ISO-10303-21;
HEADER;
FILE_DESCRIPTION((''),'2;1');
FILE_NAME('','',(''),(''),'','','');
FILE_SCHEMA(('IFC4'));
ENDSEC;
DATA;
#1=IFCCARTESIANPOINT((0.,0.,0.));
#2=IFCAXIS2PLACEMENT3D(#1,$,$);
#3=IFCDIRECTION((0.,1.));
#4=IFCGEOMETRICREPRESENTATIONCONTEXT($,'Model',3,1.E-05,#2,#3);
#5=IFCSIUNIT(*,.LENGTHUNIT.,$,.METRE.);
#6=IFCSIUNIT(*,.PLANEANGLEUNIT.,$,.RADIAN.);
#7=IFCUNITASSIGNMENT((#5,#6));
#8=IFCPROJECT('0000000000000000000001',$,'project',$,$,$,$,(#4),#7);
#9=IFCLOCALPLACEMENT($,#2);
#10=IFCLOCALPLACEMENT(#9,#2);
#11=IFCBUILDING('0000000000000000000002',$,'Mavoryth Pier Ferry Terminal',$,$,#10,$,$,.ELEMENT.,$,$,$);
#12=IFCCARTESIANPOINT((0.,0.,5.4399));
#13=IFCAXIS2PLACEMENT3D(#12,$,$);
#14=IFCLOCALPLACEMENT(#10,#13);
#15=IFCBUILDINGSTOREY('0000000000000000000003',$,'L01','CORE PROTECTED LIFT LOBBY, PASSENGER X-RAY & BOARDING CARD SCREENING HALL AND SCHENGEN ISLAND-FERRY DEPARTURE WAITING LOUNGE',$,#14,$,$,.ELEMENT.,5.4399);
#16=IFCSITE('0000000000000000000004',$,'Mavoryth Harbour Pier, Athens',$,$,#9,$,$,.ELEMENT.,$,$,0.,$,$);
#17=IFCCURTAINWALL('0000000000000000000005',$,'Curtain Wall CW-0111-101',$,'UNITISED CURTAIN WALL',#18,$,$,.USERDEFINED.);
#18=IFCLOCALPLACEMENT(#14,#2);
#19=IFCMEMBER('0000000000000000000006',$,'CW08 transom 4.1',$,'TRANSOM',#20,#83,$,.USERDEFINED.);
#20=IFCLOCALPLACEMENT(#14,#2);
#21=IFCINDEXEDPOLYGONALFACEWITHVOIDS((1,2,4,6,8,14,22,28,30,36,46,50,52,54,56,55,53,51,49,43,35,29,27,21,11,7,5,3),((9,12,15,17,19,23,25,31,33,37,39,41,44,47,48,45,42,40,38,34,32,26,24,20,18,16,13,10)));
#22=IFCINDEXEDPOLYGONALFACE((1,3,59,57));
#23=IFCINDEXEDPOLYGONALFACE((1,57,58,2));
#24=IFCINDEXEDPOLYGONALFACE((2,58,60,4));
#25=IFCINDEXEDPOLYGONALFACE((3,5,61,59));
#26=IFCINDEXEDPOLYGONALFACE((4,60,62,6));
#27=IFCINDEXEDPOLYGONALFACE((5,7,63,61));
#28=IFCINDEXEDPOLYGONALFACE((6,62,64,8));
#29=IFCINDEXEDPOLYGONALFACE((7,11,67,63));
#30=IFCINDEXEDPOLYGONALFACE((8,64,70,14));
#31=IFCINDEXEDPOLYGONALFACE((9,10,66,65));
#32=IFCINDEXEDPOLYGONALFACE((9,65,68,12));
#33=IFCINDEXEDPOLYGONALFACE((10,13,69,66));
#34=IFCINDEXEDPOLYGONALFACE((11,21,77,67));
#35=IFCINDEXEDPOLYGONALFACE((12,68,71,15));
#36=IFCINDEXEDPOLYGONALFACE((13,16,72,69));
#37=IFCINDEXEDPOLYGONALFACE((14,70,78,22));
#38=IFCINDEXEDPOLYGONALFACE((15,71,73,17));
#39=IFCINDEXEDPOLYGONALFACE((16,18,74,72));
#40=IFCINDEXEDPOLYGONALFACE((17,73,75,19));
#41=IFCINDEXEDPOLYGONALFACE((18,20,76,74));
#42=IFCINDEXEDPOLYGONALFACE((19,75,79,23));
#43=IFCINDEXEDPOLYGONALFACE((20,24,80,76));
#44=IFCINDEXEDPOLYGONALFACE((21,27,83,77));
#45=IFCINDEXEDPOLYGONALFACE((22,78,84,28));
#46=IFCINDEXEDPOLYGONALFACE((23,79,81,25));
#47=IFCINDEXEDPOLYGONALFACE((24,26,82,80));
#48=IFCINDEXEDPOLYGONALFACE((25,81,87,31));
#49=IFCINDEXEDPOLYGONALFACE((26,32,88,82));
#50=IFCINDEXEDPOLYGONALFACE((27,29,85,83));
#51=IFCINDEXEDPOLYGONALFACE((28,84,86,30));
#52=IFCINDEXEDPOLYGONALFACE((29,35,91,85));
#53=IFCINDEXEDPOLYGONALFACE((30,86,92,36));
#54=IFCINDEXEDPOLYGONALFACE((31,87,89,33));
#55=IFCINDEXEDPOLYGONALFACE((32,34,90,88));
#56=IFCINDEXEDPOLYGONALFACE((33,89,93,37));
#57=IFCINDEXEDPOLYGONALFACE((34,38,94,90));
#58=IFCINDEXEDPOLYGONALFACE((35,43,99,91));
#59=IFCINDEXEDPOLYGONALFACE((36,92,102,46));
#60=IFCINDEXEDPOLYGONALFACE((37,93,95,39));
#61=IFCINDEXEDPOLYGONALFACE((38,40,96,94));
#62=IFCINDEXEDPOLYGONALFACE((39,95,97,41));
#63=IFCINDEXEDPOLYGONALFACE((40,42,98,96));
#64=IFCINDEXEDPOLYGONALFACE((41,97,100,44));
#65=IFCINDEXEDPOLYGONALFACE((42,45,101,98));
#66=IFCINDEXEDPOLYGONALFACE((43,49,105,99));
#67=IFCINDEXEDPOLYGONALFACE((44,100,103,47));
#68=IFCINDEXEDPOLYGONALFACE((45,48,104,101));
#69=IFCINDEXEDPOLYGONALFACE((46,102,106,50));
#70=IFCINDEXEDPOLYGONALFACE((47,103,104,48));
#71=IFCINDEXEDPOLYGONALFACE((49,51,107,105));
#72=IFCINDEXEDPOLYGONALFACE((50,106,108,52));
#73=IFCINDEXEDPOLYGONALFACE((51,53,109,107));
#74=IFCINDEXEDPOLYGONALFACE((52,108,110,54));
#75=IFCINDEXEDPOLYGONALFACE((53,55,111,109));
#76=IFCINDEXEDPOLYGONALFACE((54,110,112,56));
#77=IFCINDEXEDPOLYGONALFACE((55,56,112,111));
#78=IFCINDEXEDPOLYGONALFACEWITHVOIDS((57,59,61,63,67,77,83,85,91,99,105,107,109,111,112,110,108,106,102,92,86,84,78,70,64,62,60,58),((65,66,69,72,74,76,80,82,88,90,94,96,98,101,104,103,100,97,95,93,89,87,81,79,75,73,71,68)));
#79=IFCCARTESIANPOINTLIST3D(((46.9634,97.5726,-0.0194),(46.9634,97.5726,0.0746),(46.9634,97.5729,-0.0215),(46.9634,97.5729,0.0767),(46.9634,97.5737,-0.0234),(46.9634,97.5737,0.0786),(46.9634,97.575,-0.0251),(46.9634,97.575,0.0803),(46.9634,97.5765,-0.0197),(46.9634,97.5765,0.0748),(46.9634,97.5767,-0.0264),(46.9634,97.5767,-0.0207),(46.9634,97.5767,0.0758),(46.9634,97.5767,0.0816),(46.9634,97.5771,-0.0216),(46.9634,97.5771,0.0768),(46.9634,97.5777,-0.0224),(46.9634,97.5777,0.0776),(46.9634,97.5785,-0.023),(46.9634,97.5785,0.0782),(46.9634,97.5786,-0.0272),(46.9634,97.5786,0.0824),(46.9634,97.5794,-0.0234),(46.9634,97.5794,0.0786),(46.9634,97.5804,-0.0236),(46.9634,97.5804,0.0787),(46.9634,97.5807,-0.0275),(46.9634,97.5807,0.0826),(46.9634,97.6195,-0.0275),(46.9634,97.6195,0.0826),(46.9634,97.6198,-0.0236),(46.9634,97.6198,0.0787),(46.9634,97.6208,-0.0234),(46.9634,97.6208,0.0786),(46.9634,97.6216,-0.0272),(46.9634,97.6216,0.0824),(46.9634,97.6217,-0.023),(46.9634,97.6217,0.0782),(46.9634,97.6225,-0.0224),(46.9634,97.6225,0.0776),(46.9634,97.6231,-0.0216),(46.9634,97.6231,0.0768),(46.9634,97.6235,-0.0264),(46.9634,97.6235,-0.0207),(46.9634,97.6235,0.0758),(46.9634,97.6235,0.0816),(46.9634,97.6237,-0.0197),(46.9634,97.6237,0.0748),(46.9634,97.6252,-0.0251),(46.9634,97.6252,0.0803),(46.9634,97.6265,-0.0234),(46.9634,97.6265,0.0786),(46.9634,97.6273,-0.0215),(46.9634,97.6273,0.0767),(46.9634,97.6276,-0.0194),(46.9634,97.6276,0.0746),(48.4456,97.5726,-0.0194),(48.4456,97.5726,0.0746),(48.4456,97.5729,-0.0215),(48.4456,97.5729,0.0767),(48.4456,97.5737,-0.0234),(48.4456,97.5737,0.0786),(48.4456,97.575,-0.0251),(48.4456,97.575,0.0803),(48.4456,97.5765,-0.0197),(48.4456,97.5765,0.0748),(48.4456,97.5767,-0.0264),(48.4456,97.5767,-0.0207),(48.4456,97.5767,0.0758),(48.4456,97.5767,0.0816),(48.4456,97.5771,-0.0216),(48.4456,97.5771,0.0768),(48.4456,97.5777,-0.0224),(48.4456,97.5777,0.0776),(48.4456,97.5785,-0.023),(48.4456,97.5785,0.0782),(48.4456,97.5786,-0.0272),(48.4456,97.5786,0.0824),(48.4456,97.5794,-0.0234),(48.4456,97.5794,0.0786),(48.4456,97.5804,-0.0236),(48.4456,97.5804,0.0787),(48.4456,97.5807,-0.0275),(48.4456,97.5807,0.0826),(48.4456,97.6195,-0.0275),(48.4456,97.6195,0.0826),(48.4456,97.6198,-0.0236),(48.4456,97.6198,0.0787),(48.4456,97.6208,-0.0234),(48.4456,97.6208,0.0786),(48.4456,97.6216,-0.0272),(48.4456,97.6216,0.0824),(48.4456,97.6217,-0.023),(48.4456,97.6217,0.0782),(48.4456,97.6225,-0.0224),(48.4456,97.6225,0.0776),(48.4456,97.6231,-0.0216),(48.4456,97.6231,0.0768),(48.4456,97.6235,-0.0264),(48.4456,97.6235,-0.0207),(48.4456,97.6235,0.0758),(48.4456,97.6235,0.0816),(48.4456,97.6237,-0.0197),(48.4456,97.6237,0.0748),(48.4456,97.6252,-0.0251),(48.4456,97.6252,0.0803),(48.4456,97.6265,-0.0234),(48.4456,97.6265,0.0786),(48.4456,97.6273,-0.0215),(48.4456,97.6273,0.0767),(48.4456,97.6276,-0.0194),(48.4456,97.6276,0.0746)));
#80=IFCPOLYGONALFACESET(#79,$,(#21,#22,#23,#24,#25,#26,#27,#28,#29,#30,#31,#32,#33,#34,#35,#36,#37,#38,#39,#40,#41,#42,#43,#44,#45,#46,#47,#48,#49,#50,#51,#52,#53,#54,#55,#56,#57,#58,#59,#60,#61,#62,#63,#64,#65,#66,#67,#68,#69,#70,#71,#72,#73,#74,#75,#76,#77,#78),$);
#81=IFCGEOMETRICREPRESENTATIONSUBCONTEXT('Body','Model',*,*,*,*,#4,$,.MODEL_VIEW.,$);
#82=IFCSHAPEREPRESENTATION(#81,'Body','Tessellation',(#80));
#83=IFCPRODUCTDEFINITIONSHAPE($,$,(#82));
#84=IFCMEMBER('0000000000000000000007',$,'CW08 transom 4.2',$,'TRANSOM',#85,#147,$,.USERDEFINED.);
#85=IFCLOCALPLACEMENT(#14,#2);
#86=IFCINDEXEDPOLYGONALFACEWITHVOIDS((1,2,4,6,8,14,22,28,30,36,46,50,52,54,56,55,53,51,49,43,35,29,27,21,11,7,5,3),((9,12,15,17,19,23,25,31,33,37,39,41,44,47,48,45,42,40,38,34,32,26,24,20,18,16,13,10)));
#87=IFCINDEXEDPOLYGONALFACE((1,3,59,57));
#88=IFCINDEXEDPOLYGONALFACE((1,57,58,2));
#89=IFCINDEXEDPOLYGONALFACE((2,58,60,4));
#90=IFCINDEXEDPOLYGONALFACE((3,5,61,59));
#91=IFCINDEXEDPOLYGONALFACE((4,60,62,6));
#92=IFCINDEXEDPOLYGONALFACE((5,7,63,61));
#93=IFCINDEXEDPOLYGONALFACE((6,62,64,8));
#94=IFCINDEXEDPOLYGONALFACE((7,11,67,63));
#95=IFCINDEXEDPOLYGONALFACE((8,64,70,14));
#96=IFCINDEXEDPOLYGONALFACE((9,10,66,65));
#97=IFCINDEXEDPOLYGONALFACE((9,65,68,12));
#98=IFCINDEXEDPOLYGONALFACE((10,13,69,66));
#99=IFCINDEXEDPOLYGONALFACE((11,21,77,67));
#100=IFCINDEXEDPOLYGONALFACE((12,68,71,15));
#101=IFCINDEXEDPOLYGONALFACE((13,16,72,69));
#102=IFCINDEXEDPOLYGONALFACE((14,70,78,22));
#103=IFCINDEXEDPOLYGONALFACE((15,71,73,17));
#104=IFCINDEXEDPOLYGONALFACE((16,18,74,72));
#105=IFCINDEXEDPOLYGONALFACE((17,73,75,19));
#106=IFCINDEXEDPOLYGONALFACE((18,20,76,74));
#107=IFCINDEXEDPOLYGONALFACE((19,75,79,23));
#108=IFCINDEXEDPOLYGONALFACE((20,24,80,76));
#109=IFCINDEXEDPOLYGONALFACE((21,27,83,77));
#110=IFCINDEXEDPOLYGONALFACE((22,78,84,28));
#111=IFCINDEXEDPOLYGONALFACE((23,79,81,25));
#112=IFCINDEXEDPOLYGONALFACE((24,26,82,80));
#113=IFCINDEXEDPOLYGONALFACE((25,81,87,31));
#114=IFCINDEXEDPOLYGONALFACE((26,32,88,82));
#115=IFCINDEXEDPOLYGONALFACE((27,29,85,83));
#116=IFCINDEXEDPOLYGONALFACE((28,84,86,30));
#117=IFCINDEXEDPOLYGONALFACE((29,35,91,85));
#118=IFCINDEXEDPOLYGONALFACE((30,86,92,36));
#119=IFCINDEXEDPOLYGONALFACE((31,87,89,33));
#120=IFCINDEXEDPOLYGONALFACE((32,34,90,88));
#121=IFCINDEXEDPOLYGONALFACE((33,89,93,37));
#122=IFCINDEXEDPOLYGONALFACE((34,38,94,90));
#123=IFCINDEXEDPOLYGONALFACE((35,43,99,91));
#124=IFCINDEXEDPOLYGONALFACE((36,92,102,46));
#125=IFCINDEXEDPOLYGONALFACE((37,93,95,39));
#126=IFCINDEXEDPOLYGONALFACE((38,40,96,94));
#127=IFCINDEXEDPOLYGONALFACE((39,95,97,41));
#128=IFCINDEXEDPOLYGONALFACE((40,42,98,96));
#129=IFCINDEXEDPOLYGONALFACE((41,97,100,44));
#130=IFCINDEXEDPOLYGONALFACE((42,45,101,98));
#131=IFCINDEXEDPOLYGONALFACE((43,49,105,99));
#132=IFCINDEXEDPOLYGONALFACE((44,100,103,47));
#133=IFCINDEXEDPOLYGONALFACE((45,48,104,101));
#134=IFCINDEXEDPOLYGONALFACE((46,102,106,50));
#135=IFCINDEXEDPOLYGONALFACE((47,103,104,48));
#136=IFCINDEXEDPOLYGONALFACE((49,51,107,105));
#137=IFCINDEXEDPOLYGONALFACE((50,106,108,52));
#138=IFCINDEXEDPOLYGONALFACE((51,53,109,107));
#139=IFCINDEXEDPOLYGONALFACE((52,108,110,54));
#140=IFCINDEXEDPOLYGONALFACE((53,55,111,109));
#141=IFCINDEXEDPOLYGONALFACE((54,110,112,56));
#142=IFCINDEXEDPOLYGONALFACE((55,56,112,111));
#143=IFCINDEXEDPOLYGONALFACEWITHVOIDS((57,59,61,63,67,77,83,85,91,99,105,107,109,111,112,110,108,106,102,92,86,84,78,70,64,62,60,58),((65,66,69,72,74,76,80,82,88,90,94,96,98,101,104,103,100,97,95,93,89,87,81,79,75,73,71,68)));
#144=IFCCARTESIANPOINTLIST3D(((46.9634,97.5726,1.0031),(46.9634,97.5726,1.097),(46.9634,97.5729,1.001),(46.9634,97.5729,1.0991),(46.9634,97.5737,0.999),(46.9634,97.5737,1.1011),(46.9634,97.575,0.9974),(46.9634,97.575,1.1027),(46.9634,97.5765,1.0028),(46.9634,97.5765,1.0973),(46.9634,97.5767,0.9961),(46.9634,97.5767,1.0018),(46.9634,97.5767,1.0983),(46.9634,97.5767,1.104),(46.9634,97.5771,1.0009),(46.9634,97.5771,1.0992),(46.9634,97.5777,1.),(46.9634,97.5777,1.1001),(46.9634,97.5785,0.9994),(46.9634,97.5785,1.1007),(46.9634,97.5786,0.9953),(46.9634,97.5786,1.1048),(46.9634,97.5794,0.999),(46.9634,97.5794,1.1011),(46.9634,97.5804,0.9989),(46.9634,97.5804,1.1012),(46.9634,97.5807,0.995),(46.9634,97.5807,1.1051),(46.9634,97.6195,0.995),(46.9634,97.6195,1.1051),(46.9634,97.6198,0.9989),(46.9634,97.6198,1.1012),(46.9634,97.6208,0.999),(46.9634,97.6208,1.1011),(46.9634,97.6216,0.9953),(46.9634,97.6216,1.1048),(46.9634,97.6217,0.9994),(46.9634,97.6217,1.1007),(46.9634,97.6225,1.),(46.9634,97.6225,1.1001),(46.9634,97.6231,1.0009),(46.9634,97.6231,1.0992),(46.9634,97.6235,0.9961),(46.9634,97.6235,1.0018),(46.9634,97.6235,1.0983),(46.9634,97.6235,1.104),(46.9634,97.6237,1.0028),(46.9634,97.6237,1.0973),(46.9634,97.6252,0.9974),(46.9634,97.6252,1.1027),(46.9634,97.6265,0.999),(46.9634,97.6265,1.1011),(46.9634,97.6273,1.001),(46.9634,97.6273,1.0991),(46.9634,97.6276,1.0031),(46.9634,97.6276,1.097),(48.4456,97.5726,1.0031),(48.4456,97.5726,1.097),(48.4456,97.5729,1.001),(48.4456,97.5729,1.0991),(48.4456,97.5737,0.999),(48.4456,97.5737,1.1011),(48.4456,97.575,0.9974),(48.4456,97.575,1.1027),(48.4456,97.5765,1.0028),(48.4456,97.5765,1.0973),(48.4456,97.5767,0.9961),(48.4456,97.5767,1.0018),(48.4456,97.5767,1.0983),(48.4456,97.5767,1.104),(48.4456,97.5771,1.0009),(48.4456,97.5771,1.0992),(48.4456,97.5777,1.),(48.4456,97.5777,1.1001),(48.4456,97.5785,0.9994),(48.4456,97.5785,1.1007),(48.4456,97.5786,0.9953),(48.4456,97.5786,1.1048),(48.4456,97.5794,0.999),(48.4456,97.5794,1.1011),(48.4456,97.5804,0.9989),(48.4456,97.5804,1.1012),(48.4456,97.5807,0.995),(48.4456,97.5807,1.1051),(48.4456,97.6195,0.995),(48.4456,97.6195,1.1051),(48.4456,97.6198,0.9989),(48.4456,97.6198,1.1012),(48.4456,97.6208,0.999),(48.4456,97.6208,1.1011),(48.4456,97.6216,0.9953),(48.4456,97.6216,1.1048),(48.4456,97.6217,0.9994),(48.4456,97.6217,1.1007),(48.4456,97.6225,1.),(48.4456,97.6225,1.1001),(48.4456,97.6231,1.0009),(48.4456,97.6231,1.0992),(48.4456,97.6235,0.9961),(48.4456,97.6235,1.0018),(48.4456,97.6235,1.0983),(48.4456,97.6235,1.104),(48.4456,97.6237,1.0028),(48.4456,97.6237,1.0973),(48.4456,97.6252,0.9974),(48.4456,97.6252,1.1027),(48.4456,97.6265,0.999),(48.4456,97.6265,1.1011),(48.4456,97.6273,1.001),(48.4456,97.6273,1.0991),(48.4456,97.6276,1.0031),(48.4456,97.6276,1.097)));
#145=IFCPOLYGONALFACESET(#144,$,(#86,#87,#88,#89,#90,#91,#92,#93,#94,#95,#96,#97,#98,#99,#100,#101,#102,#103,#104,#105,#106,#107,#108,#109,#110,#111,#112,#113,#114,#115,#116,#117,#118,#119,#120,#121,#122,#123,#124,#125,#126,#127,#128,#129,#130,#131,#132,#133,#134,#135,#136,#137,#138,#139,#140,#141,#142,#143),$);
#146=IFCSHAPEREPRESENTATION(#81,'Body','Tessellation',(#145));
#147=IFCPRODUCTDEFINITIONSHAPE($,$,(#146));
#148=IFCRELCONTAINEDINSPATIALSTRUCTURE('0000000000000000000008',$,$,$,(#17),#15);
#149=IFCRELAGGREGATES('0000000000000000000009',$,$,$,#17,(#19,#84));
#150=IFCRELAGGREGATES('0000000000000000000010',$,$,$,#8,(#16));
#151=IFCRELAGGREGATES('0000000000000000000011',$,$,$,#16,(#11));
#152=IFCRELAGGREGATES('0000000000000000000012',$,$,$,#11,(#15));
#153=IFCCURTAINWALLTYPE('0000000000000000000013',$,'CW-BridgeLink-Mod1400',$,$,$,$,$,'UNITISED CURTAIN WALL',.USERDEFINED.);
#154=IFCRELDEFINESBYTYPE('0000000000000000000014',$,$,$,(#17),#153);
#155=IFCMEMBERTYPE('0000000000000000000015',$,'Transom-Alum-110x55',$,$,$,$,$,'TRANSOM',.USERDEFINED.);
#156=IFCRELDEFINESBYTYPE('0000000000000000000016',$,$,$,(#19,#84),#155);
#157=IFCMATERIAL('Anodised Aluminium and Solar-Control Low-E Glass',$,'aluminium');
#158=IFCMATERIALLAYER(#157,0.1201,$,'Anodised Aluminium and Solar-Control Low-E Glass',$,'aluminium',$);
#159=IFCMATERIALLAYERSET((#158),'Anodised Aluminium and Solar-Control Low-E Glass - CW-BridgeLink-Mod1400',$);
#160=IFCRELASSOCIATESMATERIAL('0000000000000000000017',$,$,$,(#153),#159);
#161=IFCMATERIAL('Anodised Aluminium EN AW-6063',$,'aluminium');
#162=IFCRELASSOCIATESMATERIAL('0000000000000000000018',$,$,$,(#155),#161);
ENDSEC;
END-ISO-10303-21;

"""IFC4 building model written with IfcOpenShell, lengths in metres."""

from ifc_helpers import new_model, si_unit, direction, frame, origin, origin_2d, place, context, subcontext, project, spatial, hollow_rectangle, extrude, material, layer, layer_set, material_profile, profile_set, type_object, element, aggregate, save


model = new_model("IFC4")

# Units and contexts
model_context = context("Model", 3, precision=1e-05, world=origin(), true_north=direction((0.0, 1.0)))
body_context = subcontext(model_context, "Body", "Model", "MODEL_VIEW")
ifc_project = project(units=[si_unit("LENGTHUNIT", "METRE"), si_unit("PLANEANGLEUNIT", "RADIAN")], contexts=[model_context])

# Site, building, storey
site_placement = place(None, origin())
site = spatial("IfcSite", under=ifc_project, at=site_placement, Name="Mavoryth Harbour Pier, Athens", CompositionType="ELEMENT", RefElevation=0.0)
building_placement = place(site_placement, origin())
building = spatial("IfcBuilding", under=site, at=building_placement, Name="Mavoryth Pier Ferry Terminal", CompositionType="ELEMENT")
storey_placement = place(building_placement, frame((0.0, 0.0, 5.4399)))
storey = spatial("IfcBuildingStorey", under=building, at=storey_placement, Name="L01", Description="CORE PROTECTED LIFT LOBBY, PASSENGER X-RAY & BOARDING CARD SCREENING HALL AND SCHENGEN ISLAND-FERRY DEPARTURE WAITING LOUNGE", CompositionType="ELEMENT", Elevation=5.4399)

# Curtain wall
ifc_material_1 = material(Name="Anodised Aluminium and Solar-Control Low-E Glass", Category="aluminium")
ifc_layer_1 = layer(ifc_material_1, 0.1201, Name="Anodised Aluminium and Solar-Control Low-E Glass", Category="aluminium")
ifc_layer_set_1 = layer_set([ifc_layer_1], Name="Anodised Aluminium and Solar-Control Low-E Glass - CW-BridgeLink-Mod1400")
curtain_wall_type_1 = type_object("IfcCurtainWallType", Name="CW-BridgeLink-Mod1400", ElementType="UNITISED CURTAIN WALL", PredefinedType="USERDEFINED", material=ifc_layer_set_1)
curtain_wall_1_placement = place(storey_placement, origin())
curtain_wall_1 = element("IfcCurtainWall", 1, at=curtain_wall_1_placement, inside=storey, type_object=curtain_wall_type_1, Name="Curtain Wall CW-0111-101", ObjectType="UNITISED CURTAIN WALL", PredefinedType="USERDEFINED")
ifc_material_2 = material(Name="Anodised Aluminium EN AW-6063", Category="aluminium")

# Members
ifc_material_profile_1 = material_profile(ifc_material_2, hollow_rectangle(XDim=0.0549, YDim=0.1101, WallThickness=0.0039, InnerFilletRadius=0.0039, OuterFilletRadius=0.0081, at=origin_2d()), Name="AL-TRAN 110x55x4", Category="aluminium")
ifc_profile_set_1 = profile_set([ifc_material_profile_1], Name="Anodised Aluminium EN AW-6063 - AL-TRAN 110x55x4")
member_type_1 = type_object("IfcMemberType", Name="Transom-Alum-110x55", ElementType="TRANSOM", PredefinedType="USERDEFINED", material=ifc_profile_set_1)
member_1_placement = place(storey_placement, frame((46.9634, 97.6001, 0.0276), z_axis=(1.0, 0.0, 0.0), x_axis=(0.0, 1.0, 0.0)))
member_1 = element("IfcMember", 2, at=member_1_placement, type_object=member_type_1, Name="CW08 transom 4.1", ObjectType="TRANSOM", PredefinedType="USERDEFINED", context=body_context, shape_type="SweptSolid", body=[
    extrude(hollow_rectangle(XDim=0.0549, YDim=0.1101, WallThickness=0.0039, InnerFilletRadius=0.0039, OuterFilletRadius=0.0081, at=origin_2d()), origin(), (0.0, 0.0, 1.0), 1.4822),
])
member_2_placement = place(storey_placement, frame((46.9634, 97.6001, 1.05), z_axis=(1.0, 0.0, 0.0), x_axis=(0.0, 1.0, 0.0)))
member_2 = element("IfcMember", 3, at=member_2_placement, type_object=member_type_1, Name="CW08 transom 4.2", ObjectType="TRANSOM", PredefinedType="USERDEFINED", context=body_context, shape_type="SweptSolid", body=[
    extrude(hollow_rectangle(XDim=0.0549, YDim=0.1101, WallThickness=0.0039, InnerFilletRadius=0.0039, OuterFilletRadius=0.0081, at=origin_2d()), origin(), (0.0, 0.0, 1.0), 1.4822),
])

aggregate(curtain_wall_1, [member_1, member_2])

save(model, "model.ifc")
